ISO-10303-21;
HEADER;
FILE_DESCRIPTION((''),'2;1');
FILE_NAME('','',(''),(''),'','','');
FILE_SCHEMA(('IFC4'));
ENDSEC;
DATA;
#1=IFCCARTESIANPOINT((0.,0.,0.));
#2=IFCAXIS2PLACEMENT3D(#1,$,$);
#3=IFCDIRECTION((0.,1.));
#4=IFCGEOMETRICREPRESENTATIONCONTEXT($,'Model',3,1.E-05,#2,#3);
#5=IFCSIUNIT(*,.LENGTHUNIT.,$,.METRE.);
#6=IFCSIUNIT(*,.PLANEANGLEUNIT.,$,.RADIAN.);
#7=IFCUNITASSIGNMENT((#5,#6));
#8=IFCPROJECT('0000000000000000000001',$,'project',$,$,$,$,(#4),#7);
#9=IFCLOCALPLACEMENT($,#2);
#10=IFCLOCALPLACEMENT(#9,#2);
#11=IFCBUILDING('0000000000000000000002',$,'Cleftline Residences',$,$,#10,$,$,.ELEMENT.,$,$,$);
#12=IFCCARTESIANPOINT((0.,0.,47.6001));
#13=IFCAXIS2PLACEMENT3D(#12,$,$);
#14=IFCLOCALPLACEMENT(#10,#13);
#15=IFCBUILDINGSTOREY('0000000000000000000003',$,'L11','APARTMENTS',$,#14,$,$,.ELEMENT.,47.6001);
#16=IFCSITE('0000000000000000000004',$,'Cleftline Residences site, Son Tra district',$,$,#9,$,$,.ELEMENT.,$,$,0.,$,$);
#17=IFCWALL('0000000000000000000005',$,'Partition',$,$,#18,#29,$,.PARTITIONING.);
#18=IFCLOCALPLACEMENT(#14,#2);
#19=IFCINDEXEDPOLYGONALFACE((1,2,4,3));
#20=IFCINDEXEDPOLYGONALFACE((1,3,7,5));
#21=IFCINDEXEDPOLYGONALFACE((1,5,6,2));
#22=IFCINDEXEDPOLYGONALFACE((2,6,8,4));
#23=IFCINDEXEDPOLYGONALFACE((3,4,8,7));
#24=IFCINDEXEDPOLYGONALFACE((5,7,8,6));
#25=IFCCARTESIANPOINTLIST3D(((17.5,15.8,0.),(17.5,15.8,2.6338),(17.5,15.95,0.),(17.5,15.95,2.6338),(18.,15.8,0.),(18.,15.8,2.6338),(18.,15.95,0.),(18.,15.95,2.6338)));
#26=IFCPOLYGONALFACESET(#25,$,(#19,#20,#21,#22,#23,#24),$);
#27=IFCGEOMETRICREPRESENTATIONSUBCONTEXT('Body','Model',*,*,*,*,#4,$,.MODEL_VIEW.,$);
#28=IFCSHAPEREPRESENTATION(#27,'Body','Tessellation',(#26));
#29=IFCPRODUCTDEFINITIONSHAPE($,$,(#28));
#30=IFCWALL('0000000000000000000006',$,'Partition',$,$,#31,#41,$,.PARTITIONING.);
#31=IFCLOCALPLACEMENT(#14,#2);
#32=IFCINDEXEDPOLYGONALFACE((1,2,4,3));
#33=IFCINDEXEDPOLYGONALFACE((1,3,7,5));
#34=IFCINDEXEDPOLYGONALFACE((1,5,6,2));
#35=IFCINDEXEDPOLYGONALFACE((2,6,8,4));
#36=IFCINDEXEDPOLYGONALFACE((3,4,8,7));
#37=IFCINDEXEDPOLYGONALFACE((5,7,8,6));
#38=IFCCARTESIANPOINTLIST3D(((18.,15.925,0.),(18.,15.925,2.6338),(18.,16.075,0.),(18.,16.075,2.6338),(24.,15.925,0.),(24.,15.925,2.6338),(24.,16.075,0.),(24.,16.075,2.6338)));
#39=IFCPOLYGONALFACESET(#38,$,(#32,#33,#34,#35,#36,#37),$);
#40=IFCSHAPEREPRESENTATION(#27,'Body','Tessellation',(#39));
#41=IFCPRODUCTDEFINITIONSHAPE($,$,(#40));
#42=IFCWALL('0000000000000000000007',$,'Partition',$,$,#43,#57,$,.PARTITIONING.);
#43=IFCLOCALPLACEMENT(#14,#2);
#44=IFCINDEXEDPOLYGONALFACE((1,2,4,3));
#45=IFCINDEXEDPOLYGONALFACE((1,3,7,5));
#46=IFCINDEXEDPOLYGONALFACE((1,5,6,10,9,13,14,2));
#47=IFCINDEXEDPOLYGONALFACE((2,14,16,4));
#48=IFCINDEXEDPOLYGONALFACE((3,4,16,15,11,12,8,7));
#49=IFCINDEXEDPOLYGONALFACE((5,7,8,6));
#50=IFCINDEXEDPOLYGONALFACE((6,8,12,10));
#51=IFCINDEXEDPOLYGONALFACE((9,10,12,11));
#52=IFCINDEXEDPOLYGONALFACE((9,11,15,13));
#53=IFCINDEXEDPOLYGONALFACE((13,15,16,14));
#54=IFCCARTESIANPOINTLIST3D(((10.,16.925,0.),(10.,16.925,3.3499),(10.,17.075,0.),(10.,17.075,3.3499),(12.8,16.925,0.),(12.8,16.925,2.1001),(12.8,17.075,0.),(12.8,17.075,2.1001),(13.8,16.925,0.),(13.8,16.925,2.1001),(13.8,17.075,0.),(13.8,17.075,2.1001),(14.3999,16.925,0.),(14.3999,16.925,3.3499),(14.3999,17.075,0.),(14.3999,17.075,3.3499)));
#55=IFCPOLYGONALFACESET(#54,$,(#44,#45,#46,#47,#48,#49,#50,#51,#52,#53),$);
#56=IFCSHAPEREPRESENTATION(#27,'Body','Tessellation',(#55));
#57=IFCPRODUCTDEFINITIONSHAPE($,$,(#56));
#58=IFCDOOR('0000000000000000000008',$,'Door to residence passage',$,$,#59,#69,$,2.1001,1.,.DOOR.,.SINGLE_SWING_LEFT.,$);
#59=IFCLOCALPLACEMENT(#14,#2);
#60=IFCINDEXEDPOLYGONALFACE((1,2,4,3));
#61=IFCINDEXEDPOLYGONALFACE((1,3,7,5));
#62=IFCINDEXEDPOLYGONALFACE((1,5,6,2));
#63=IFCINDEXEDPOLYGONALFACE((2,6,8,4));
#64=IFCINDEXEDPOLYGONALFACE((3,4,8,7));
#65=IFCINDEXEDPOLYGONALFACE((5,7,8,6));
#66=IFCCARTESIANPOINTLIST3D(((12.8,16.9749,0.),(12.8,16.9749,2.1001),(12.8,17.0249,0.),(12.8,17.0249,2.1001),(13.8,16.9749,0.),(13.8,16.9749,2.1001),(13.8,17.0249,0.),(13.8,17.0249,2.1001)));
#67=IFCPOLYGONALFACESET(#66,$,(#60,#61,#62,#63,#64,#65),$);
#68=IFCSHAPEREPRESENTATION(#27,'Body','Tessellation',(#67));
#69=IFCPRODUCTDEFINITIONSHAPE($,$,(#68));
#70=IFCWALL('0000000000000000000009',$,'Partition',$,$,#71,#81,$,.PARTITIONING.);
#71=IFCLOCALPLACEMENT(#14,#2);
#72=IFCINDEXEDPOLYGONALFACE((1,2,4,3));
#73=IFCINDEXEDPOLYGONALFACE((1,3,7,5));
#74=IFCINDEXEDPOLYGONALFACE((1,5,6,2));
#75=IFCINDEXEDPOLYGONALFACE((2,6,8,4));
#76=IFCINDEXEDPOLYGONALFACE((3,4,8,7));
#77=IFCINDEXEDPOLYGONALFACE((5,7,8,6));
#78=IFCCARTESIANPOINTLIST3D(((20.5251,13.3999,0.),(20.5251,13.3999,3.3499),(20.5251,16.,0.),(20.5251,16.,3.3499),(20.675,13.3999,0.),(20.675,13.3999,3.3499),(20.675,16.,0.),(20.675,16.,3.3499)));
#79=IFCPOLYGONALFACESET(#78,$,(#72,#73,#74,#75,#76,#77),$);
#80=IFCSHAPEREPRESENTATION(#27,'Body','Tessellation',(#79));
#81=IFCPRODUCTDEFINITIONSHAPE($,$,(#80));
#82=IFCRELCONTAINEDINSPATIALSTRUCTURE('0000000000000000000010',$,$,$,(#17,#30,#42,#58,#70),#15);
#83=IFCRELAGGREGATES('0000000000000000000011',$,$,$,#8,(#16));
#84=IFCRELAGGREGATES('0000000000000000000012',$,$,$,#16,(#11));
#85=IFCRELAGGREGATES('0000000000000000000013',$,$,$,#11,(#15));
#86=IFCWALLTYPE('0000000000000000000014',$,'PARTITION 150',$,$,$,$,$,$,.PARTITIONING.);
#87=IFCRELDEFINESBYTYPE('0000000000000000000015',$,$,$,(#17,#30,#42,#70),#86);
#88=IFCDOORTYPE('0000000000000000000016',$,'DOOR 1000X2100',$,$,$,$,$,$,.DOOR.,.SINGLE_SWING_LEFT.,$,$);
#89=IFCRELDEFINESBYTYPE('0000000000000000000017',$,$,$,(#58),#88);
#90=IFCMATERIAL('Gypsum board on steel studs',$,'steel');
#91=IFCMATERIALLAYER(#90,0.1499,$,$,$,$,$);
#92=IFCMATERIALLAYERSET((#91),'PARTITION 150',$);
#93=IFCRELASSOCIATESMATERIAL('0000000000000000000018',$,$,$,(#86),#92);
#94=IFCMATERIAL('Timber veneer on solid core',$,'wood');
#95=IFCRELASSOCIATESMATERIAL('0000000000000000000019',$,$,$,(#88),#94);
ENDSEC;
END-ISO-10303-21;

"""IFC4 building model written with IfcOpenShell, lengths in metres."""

from ifc_helpers import new_model, si_unit, direction, frame, frame_2d, origin, place, context, subcontext, project, spatial, rectangle, extrude, material, layer, layer_set, type_object, element, fill, save


model = new_model("IFC4")

# Units and contexts
model_context = context("Model", 3, precision=1e-05, world=origin(), true_north=direction((0.0, 1.0)))
body_context = subcontext(model_context, "Body", "Model", "MODEL_VIEW")
ifc_project = project(units=[si_unit("LENGTHUNIT", "METRE"), si_unit("PLANEANGLEUNIT", "RADIAN")], contexts=[model_context])

# Site, building, storey
site_placement = place(None, origin())
site = spatial("IfcSite", under=ifc_project, at=site_placement, Name="Cleftline Residences site, Son Tra district", CompositionType="ELEMENT", RefElevation=0.0)
building_placement = place(site_placement, origin())
building = spatial("IfcBuilding", under=site, at=building_placement, Name="Cleftline Residences", CompositionType="ELEMENT")
storey_placement = place(building_placement, frame((0.0, 0.0, 47.6001)))
storey = spatial("IfcBuildingStorey", under=building, at=storey_placement, Name="L11", Description="APARTMENTS", CompositionType="ELEMENT", Elevation=47.6001)

# Shared definitions
ifc_material_1 = material(Name="Gypsum board on steel studs", Category="steel")
ifc_layer_1 = layer(ifc_material_1, 0.1499)
ifc_layer_set_1 = layer_set([ifc_layer_1], Name="PARTITION 150")
wall_type_1 = type_object("IfcWallType", Name="PARTITION 150", PredefinedType="PARTITIONING", material=ifc_layer_set_1)

# Walls
wall_1_placement = place(storey_placement, frame((17.5, 15.875, 0.0), z_axis=(0.0, 0.0, 1.0), x_axis=(1.0, 0.0, 0.0)))
element("IfcWall", 1, at=wall_1_placement, inside=storey, type_object=wall_type_1, Name="Partition", PredefinedType="PARTITIONING", context=body_context, shape_type="SweptSolid", body=[
    extrude(rectangle(XDim=0.5, YDim=0.1499, at=frame_2d((0.25, 0.0))), origin(), (0.0, 0.0, 1.0), 2.6338),
])
wall_2_placement = place(storey_placement, frame((18.0, 16.0, 0.0), z_axis=(0.0, 0.0, 1.0), x_axis=(1.0, 0.0, 0.0)))
element("IfcWall", 2, at=wall_2_placement, inside=storey, type_object=wall_type_1, Name="Partition", PredefinedType="PARTITIONING", context=body_context, shape_type="SweptSolid", body=[
    extrude(rectangle(XDim=6.0, YDim=0.1499, at=frame_2d((3.0, 0.0))), origin(), (0.0, 0.0, 1.0), 2.6338),
])

# Wall, opening, door
wall_3_placement = place(storey_placement, frame((10.0, 17.0, 0.0), z_axis=(0.0, 0.0, 1.0), x_axis=(1.0, 0.0, 0.0)))
wall_3 = element("IfcWall", 3, at=wall_3_placement, inside=storey, type_object=wall_type_1, Name="Partition", PredefinedType="PARTITIONING", context=body_context, shape_type="SweptSolid", body=[
    extrude(rectangle(XDim=4.3999, YDim=0.1499, at=frame_2d((2.2, 0.0))), origin(), (0.0, 0.0, 1.0), 3.3499),
])
opening_1_placement = place(wall_3_placement, frame((2.8, 0.0, 0.0)))
opening_1 = element("IfcOpeningElement", 4, at=opening_1_placement, cuts=wall_3, PredefinedType="OPENING", context=body_context, shape_type="SweptSolid", body=[
    extrude(rectangle(XDim=1.0, YDim=2.1001, at=frame_2d((0.5, 1.05))), frame((0.0, 0.085, 0.0), z_axis=(0.0, -1.0, 0.0), x_axis=(1.0, 0.0, 0.0)), (0.0, 0.0, 1.0), 0.1699),
])
ifc_material_2 = material(Name="Timber veneer on solid core", Category="wood")
door_type_1 = type_object("IfcDoorType", Name="DOOR 1000X2100", OperationType="SINGLE_SWING_LEFT", PredefinedType="DOOR", material=ifc_material_2)
door_1_placement = place(opening_1_placement, origin())
door_1 = element("IfcDoor", 5, at=door_1_placement, inside=storey, type_object=door_type_1, Name="Door to residence passage", OperationType="SINGLE_SWING_LEFT", OverallHeight=2.1001, OverallWidth=1.0, PredefinedType="DOOR", context=body_context, shape_type="SweptSolid", body=[
    extrude(rectangle(XDim=1.0, YDim=2.1001, at=frame_2d((0.5, 1.05))), frame((0.0, 0.0249, 0.0), z_axis=(0.0, -1.0, 0.0), x_axis=(1.0, 0.0, 0.0)), (0.0, 0.0, 1.0), 0.05),
])
fill(opening_1, door_1)

# Wall
wall_4_placement = place(storey_placement, frame((20.6001, 13.3999, 0.0), z_axis=(0.0, 0.0, 1.0), x_axis=(0.0, 1.0, 0.0)))
element("IfcWall", 6, at=wall_4_placement, inside=storey, type_object=wall_type_1, Name="Partition", PredefinedType="PARTITIONING", context=body_context, shape_type="SweptSolid", body=[
    extrude(rectangle(XDim=2.6001, YDim=0.1499, at=frame_2d((1.3, 0.0))), origin(), (0.0, 0.0, 1.0), 3.3499),
])

save(model, "model.ifc")
